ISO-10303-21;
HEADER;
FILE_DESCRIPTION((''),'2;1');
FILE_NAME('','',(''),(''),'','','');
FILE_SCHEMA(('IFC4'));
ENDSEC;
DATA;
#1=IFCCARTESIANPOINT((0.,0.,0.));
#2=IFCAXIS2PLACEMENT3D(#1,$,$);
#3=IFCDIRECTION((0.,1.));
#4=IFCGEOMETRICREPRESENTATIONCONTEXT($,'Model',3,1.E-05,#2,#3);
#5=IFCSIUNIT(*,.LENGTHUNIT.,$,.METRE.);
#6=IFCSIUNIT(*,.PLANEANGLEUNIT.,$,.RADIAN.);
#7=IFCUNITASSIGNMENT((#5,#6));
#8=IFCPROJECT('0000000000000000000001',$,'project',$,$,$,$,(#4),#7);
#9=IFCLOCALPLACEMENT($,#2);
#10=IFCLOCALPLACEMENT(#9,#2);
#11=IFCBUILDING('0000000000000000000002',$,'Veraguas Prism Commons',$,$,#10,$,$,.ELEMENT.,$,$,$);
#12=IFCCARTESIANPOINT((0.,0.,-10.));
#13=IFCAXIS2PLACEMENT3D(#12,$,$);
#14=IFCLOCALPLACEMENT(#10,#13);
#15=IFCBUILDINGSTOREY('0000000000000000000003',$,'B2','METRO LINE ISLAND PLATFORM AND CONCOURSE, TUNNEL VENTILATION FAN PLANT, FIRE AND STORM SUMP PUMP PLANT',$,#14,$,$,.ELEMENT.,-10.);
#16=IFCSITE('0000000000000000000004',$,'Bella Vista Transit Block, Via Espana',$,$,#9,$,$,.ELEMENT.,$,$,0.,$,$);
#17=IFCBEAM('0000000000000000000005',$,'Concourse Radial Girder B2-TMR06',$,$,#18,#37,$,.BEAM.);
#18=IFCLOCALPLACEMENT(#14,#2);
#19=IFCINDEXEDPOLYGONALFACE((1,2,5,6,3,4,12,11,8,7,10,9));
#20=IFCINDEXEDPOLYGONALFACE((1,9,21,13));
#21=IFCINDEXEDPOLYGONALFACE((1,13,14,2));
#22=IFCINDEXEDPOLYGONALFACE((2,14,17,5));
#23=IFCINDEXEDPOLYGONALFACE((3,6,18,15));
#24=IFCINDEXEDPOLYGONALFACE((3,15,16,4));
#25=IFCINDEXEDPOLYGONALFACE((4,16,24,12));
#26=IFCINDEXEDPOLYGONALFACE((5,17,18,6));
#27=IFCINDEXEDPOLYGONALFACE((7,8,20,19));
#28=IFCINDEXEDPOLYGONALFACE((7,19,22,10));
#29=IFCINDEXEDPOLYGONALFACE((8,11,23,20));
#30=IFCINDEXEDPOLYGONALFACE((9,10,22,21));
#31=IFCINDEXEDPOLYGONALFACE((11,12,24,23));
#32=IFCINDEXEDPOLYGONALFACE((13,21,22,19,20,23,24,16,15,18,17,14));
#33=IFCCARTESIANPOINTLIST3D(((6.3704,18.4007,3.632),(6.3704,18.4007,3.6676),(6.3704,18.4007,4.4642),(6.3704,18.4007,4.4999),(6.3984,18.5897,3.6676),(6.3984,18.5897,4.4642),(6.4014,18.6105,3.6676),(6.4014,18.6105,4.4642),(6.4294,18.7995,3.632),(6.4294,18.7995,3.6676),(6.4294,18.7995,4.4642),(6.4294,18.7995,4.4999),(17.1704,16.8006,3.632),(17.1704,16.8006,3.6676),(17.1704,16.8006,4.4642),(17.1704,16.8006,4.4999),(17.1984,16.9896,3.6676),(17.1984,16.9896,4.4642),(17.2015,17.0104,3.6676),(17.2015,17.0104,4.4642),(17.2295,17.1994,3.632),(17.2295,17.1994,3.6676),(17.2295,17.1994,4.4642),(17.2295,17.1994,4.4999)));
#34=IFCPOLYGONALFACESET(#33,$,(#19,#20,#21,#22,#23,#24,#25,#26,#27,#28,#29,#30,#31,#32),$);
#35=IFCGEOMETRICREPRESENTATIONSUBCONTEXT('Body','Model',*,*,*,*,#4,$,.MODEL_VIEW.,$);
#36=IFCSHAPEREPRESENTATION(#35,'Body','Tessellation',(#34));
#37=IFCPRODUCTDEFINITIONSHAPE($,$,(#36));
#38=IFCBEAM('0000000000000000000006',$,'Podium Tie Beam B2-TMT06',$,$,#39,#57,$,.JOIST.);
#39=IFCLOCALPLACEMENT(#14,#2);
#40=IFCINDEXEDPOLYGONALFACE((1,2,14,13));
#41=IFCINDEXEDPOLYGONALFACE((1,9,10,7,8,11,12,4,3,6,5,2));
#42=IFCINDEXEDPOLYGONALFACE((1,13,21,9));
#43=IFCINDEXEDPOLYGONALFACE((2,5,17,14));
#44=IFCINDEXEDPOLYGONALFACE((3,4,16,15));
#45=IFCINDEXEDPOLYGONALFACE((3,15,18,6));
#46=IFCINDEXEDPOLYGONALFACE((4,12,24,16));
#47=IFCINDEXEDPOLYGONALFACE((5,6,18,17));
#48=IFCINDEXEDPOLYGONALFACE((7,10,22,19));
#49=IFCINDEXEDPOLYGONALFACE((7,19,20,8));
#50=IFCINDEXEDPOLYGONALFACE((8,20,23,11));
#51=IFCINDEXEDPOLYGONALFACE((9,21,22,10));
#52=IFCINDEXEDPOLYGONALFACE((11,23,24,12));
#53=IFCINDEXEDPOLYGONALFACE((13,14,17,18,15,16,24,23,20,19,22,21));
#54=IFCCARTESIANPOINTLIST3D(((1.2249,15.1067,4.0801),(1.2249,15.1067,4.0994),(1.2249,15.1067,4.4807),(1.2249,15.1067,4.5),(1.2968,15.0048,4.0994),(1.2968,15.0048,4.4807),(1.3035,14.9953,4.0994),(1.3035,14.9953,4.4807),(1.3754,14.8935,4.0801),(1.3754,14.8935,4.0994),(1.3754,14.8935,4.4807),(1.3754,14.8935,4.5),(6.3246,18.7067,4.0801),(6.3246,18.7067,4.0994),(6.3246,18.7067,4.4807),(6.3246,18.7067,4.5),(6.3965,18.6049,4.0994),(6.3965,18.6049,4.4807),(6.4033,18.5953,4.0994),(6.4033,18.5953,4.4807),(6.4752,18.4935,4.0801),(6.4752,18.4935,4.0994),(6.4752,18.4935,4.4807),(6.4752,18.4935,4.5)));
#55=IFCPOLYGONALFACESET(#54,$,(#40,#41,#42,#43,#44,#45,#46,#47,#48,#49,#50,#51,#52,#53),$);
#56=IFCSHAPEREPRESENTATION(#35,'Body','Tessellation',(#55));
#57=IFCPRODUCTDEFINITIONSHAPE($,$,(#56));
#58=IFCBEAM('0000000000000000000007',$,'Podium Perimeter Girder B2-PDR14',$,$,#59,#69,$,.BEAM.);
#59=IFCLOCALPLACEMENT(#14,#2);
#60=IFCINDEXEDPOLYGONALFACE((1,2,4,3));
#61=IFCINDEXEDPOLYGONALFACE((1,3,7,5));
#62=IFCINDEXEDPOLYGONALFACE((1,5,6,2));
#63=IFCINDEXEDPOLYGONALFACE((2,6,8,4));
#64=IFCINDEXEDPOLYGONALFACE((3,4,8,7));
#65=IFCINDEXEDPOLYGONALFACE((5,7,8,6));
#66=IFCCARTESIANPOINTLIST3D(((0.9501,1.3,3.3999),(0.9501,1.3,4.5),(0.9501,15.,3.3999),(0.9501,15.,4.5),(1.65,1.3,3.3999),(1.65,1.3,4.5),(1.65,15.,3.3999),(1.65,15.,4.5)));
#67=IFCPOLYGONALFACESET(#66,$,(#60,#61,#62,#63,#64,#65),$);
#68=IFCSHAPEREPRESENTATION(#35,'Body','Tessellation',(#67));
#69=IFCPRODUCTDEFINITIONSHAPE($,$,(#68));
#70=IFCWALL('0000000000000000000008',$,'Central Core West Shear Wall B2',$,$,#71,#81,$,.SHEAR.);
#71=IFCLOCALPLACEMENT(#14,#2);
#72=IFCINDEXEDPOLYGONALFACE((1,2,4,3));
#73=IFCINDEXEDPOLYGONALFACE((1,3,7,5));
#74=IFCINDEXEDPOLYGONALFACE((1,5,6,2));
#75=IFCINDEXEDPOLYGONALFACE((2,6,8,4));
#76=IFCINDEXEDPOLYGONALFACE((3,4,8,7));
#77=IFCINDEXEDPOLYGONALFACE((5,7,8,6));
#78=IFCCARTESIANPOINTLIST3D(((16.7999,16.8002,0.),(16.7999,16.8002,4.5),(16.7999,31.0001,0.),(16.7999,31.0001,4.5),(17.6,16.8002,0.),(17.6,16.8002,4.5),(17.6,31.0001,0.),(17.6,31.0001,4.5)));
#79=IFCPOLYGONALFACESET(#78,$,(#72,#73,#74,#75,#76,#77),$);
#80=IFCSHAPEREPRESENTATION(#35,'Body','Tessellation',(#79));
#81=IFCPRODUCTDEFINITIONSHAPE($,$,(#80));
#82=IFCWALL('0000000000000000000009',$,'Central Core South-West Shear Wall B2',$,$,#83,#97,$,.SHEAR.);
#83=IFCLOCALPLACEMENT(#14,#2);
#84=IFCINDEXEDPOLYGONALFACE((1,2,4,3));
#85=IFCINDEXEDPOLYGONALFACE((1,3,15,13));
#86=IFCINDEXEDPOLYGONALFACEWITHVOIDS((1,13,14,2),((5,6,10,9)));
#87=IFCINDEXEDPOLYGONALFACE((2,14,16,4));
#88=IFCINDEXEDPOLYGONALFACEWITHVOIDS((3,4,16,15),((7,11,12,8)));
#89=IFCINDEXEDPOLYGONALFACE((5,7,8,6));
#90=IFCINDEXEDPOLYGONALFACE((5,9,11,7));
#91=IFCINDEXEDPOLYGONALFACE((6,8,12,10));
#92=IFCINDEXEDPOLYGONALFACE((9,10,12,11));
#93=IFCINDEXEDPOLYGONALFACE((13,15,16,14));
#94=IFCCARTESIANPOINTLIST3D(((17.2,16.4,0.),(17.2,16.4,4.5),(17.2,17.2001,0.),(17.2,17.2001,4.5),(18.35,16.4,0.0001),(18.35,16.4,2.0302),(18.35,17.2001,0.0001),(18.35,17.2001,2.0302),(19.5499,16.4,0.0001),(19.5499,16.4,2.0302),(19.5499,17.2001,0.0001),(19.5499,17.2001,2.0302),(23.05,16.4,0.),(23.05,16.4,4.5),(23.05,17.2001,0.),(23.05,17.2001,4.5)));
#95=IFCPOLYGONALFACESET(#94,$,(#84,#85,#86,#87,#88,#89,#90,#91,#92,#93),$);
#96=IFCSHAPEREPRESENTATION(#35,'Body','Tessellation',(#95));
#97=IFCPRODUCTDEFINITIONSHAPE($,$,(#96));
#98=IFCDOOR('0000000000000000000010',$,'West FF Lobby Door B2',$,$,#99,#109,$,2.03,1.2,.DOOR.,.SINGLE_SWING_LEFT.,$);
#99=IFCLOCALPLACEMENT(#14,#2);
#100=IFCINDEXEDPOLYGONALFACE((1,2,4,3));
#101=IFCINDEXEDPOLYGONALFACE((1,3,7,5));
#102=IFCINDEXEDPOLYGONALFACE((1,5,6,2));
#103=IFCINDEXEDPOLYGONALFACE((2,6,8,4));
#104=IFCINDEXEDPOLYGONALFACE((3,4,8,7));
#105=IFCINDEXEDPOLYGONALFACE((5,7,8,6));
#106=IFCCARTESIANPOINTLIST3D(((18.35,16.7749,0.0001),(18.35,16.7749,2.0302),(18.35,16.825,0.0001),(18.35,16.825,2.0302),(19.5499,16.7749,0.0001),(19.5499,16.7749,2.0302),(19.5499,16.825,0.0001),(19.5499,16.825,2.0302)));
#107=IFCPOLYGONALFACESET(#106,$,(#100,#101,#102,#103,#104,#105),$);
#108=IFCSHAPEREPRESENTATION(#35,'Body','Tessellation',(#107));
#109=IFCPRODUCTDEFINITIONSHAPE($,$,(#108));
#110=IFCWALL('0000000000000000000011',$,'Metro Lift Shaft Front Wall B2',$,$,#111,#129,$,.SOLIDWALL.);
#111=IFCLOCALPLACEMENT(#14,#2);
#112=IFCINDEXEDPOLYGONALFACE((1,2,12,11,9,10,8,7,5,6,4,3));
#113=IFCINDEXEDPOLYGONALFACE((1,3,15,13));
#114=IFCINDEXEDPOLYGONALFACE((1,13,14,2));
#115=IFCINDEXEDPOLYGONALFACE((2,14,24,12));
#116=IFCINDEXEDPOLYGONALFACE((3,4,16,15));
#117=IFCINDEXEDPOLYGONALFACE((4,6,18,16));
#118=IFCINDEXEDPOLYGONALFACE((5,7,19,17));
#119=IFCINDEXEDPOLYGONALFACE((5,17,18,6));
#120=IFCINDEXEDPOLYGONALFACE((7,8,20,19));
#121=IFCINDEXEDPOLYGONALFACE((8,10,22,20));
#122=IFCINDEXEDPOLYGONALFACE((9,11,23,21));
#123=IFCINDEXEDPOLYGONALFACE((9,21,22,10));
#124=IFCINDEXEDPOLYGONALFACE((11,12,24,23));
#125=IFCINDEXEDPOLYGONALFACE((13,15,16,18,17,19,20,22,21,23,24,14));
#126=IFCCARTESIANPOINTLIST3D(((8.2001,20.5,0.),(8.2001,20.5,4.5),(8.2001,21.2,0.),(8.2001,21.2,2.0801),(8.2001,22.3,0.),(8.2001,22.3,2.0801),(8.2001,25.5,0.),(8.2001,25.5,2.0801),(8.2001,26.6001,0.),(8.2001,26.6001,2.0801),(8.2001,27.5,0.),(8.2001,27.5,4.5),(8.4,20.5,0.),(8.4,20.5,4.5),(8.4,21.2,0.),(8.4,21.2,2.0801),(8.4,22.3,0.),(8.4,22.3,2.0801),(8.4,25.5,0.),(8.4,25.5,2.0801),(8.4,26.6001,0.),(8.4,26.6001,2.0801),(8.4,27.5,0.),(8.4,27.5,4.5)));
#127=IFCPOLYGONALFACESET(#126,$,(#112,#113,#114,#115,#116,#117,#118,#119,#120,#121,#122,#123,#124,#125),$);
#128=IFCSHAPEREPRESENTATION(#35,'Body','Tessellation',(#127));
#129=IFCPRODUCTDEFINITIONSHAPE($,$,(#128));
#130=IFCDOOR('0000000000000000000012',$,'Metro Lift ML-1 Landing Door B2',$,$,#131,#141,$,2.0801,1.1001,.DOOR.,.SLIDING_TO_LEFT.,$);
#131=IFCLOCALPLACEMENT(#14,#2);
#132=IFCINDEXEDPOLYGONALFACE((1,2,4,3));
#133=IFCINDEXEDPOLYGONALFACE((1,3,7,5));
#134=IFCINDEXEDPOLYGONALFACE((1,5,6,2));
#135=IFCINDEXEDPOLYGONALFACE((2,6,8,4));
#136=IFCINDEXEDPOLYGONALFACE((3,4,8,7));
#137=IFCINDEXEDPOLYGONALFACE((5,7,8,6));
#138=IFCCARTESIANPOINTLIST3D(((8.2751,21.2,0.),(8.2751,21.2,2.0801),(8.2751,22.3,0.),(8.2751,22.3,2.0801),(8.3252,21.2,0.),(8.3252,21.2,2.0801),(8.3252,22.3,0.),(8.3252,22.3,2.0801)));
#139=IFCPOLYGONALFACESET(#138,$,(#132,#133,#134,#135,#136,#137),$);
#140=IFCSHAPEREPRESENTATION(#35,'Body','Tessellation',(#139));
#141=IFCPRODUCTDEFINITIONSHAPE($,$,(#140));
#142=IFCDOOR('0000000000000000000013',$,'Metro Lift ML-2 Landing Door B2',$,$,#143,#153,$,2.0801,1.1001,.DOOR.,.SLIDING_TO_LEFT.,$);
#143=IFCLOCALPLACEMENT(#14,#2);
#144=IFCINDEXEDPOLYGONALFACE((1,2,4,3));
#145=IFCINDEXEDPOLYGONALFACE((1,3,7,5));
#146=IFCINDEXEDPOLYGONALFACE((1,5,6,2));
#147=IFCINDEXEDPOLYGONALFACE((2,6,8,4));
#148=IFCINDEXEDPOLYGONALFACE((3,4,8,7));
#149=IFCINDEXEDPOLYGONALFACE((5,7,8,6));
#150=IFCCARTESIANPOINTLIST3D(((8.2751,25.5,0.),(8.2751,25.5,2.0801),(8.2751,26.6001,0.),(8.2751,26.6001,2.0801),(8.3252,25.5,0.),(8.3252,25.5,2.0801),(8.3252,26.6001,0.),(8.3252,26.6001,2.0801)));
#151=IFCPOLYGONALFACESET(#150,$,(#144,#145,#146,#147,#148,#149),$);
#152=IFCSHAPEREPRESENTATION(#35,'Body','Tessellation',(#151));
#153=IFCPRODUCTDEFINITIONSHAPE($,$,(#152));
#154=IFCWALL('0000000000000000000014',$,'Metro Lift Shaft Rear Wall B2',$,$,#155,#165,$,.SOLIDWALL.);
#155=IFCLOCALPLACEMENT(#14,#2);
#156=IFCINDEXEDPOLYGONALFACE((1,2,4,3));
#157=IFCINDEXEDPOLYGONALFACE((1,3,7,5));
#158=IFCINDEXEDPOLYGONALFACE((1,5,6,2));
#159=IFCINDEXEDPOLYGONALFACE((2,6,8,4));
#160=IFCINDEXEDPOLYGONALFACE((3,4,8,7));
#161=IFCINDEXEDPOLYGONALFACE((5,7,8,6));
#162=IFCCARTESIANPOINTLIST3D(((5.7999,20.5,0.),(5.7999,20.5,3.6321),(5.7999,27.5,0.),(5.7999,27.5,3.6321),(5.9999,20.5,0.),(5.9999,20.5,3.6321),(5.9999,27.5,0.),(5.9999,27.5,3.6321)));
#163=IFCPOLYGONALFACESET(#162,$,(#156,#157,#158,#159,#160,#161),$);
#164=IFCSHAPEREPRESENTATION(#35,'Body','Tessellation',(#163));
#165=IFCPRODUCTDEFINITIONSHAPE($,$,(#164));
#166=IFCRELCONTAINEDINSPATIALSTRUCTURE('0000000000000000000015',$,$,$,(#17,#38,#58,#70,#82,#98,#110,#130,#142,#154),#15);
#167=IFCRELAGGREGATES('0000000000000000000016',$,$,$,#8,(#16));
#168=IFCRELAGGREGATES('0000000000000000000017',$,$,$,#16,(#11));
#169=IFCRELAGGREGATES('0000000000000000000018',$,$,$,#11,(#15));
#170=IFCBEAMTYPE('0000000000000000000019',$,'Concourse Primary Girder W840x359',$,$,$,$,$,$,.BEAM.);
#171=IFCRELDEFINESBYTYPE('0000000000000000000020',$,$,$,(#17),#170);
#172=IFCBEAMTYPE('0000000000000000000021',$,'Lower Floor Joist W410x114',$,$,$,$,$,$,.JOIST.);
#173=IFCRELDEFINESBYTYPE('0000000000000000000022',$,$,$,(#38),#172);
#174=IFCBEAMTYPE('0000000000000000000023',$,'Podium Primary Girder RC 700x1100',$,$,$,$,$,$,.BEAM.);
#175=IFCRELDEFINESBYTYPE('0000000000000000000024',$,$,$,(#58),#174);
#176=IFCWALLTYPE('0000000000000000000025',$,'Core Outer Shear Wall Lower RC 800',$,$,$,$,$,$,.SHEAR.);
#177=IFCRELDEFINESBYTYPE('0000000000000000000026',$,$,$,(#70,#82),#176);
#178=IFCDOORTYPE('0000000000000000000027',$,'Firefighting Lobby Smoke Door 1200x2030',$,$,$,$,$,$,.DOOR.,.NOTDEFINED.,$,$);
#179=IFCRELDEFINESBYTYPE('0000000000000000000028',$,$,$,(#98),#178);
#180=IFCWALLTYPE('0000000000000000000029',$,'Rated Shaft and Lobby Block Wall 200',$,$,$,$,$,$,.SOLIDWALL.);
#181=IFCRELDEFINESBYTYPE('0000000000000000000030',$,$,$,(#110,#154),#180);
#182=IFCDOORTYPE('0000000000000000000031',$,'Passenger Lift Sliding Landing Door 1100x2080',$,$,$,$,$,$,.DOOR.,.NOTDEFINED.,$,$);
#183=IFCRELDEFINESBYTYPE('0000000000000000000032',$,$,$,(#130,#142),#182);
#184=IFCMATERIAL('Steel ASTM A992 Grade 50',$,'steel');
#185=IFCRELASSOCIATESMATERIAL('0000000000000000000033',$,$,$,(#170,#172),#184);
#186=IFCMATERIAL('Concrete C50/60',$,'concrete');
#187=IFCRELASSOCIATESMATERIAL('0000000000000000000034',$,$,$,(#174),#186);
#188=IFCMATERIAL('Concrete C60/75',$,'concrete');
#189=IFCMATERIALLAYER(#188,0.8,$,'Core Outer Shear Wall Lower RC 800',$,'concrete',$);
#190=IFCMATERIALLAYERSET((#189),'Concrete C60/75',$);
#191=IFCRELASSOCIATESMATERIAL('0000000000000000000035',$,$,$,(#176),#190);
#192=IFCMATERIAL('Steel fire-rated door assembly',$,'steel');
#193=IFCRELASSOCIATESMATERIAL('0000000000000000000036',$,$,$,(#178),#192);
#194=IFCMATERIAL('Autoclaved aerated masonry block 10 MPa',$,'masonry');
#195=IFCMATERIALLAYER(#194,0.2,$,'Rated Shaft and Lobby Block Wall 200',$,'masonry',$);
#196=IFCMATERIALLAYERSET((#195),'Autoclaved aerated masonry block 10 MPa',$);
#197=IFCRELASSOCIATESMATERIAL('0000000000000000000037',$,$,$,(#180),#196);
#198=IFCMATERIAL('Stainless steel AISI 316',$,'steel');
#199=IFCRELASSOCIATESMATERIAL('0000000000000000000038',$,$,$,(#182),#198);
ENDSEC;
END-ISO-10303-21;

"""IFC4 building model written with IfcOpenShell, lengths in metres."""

from ifc_helpers import new_model, si_unit, direction, frame, frame_2d, origin, origin_2d, place, context, subcontext, project, spatial, rectangle, i_section, extrude, source, transform, mapped, material, layer, layer_set, material_profile, profile_set, type_object, element, fill, save


model = new_model("IFC4")

# Units and contexts
model_context = context("Model", 3, precision=1e-05, world=origin(), true_north=direction((0.0, 1.0)))
body_context = subcontext(model_context, "Body", "Model", "MODEL_VIEW")
ifc_project = project(units=[si_unit("LENGTHUNIT", "METRE"), si_unit("PLANEANGLEUNIT", "RADIAN")], contexts=[model_context])

# Site, building, storey
site_placement = place(None, origin())
site = spatial("IfcSite", under=ifc_project, at=site_placement, Name="Bella Vista Transit Block, Via Espana", CompositionType="ELEMENT", RefElevation=0.0)
building_placement = place(site_placement, origin())
building = spatial("IfcBuilding", under=site, at=building_placement, Name="Veraguas Prism Commons", CompositionType="ELEMENT")
storey_placement = place(building_placement, frame((0.0, 0.0, -10.0)))
storey = spatial("IfcBuildingStorey", under=building, at=storey_placement, Name="B2", Description="METRO LINE ISLAND PLATFORM AND CONCOURSE, TUNNEL VENTILATION FAN PLANT, FIRE AND STORM SUMP PUMP PLANT", CompositionType="ELEMENT", Elevation=-10.0)

# Shared definitions
ifc_material_1 = material(Name="Concrete C60/75", Category="concrete")

# Beams
ifc_material_2 = material(Name="Steel ASTM A992 Grade 50", Category="steel")
ifc_material_profile_1 = material_profile(ifc_material_2, i_section(OverallWidth=0.4031, OverallDepth=0.8679, WebThickness=0.021, FlangeThickness=0.0356, at=origin_2d()), Name="W840X359")
ifc_profile_set_1 = profile_set([ifc_material_profile_1], Name="Steel ASTM A992 Grade 50")
beam_type_1 = type_object("IfcBeamType", Name="Concourse Primary Girder W840x359", PredefinedType="BEAM", material=ifc_profile_set_1)
beam_1_placement = place(storey_placement, frame((6.3999, 18.6001, 4.0659), z_axis=(0.989202, -0.146557, 0.0), x_axis=(0.146557, 0.989202, 0.0)))
element("IfcBeam", 1, at=beam_1_placement, inside=storey, type_object=beam_type_1, Name="Concourse Radial Girder B2-TMR06", PredefinedType="BEAM", context=body_context, shape_type="SweptSolid", body=[
    extrude(i_section(OverallWidth=0.4031, OverallDepth=0.8679, WebThickness=0.021, FlangeThickness=0.0356, at=origin_2d()), origin(), (0.0, 0.0, 1.0), 10.918),
])
ifc_material_profile_2 = material_profile(ifc_material_2, i_section(OverallWidth=0.261, OverallDepth=0.4199, WebThickness=0.0117, FlangeThickness=0.0193, at=origin_2d()), Name="W410X114")
ifc_profile_set_2 = profile_set([ifc_material_profile_2], Name="Steel ASTM A992 Grade 50")
beam_type_2 = type_object("IfcBeamType", Name="Lower Floor Joist W410x114", PredefinedType="JOIST", material=ifc_profile_set_2)
beam_2_placement = place(storey_placement, frame((6.3999, 18.6001, 4.29), z_axis=(-0.816953, -0.576705, 0.0), x_axis=(0.576705, -0.816953, 0.0)))
element("IfcBeam", 2, at=beam_2_placement, inside=storey, type_object=beam_type_2, Name="Podium Tie Beam B2-TMT06", PredefinedType="JOIST", context=body_context, shape_type="SweptSolid", body=[
    extrude(i_section(OverallWidth=0.261, OverallDepth=0.4199, WebThickness=0.0117, FlangeThickness=0.0193, at=origin_2d()), origin(), (0.0, 0.0, 1.0), 6.2424),
])
ifc_material_3 = material(Name="Concrete C50/60", Category="concrete")
ifc_material_profile_3 = material_profile(ifc_material_3, rectangle(XDim=0.7, YDim=1.1001, at=origin_2d()), Name="RC700X1100")
ifc_profile_set_3 = profile_set([ifc_material_profile_3], Name="Concrete C50/60")
beam_type_3 = type_object("IfcBeamType", Name="Podium Primary Girder RC 700x1100", PredefinedType="BEAM", material=ifc_profile_set_3)
beam_3_placement = place(storey_placement, frame((1.3, 15.0, 3.95), z_axis=(0.0, -1.0, 0.0), x_axis=(1.0, 0.0, 0.0)))
element("IfcBeam", 3, at=beam_3_placement, inside=storey, type_object=beam_type_3, Name="Podium Perimeter Girder B2-PDR14", PredefinedType="BEAM", context=body_context, shape_type="SweptSolid", body=[
    extrude(rectangle(XDim=0.7, YDim=1.1001, at=origin_2d()), origin(), (0.0, 0.0, 1.0), 13.7),
])

# Wall
ifc_layer_1 = layer(ifc_material_1, 0.8, Name="Core Outer Shear Wall Lower RC 800", Category="concrete")
ifc_layer_set_1 = layer_set([ifc_layer_1], Name="Concrete C60/75")
wall_type_1 = type_object("IfcWallType", Name="Core Outer Shear Wall Lower RC 800", PredefinedType="SHEAR", material=ifc_layer_set_1)
wall_1_placement = place(storey_placement, frame((17.2, 16.8, 0.0), z_axis=(0.0, 0.0, 1.0), x_axis=(0.0, 1.0, 0.0)))
element("IfcWall", 4, at=wall_1_placement, inside=storey, type_object=wall_type_1, Name="Central Core West Shear Wall B2", PredefinedType="SHEAR", context=body_context, shape_type="SweptSolid", body=[
    extrude(rectangle(XDim=14.2, YDim=0.8, at=frame_2d((7.1001, 0.0))), origin(), (0.0, 0.0, 1.0), 4.5),
])

# Wall, opening, door
wall_2_placement = place(storey_placement, frame((17.2, 16.8, 0.0), z_axis=(0.0, 0.0, 1.0), x_axis=(1.0, 0.0, 0.0)))
wall_2 = element("IfcWall", 5, at=wall_2_placement, inside=storey, type_object=wall_type_1, Name="Central Core South-West Shear Wall B2", PredefinedType="SHEAR", context=body_context, shape_type="SweptSolid", body=[
    extrude(rectangle(XDim=5.8501, YDim=0.8, at=frame_2d((2.925, 0.0))), origin(), (0.0, 0.0, 1.0), 4.5),
])
opening_1_placement = place(wall_2_placement, frame((1.1499, 0.0, 0.0)))
opening_1 = element("IfcOpeningElement", 6, at=opening_1_placement, cuts=wall_2, PredefinedType="OPENING", context=body_context, shape_type="SweptSolid", body=[
    extrude(rectangle(XDim=1.2, YDim=2.03, at=frame_2d((0.6001, 1.0151))), frame((0.0, 0.4099, 0.0), z_axis=(0.0, -1.0, 0.0), x_axis=(1.0, 0.0, 0.0)), (0.0, 0.0, 1.0), 0.8201),
])
ifc_material_4 = material(Name="Steel fire-rated door assembly", Category="steel")
door_type_1 = type_object("IfcDoorType", Name="Firefighting Lobby Smoke Door 1200x2030", OperationType="NOTDEFINED", PredefinedType="DOOR", material=ifc_material_4)
shared_shape_1 = source(origin(), body_context, "Body", "SweptSolid", [
    extrude(rectangle(XDim=1.2, YDim=2.03, at=frame_2d((0.6001, 1.0151))), frame((0.0, 0.0249, 0.0), z_axis=(0.0, -1.0, 0.0), x_axis=(1.0, 0.0, 0.0)), (0.0, 0.0, 1.0), 0.05),
])
door_1_placement = place(opening_1_placement, origin())
door_1 = element("IfcDoor", 7, at=door_1_placement, inside=storey, type_object=door_type_1, Name="West FF Lobby Door B2", OperationType="SINGLE_SWING_LEFT", OverallHeight=2.03, OverallWidth=1.2, PredefinedType="DOOR", context=body_context, shape_type="MappedRepresentation", body=[
    mapped(shared_shape_1, transform((0.0, 0.0, 0.0), scale=1.0)),
])
fill(opening_1, door_1)

# Wall, openings, doors
ifc_material_5 = material(Name="Autoclaved aerated masonry block 10 MPa", Category="masonry")
ifc_layer_2 = layer(ifc_material_5, 0.2, Name="Rated Shaft and Lobby Block Wall 200", Category="masonry")
ifc_layer_set_2 = layer_set([ifc_layer_2], Name="Autoclaved aerated masonry block 10 MPa")
wall_type_2 = type_object("IfcWallType", Name="Rated Shaft and Lobby Block Wall 200", PredefinedType="SOLIDWALL", material=ifc_layer_set_2)
wall_3_placement = place(storey_placement, frame((8.3, 20.5, 0.0), z_axis=(0.0, 0.0, 1.0), x_axis=(0.0, 1.0, 0.0)))
wall_3 = element("IfcWall", 8, at=wall_3_placement, inside=storey, type_object=wall_type_2, Name="Metro Lift Shaft Front Wall B2", PredefinedType="SOLIDWALL", context=body_context, shape_type="SweptSolid", body=[
    extrude(rectangle(XDim=7.0, YDim=0.2, at=frame_2d((3.5, 0.0))), origin(), (0.0, 0.0, 1.0), 4.5),
])
opening_2_placement = place(wall_3_placement, frame((0.7, 0.0, 0.0)))
opening_2 = element("IfcOpeningElement", 9, at=opening_2_placement, cuts=wall_3, PredefinedType="OPENING", context=body_context, shape_type="SweptSolid", body=[
    extrude(rectangle(XDim=1.1001, YDim=2.0801, at=frame_2d((0.55, 1.04))), frame((0.0, 0.1099, 0.0), z_axis=(0.0, -1.0, 0.0), x_axis=(1.0, 0.0, 0.0)), (0.0, 0.0, 1.0), 0.22),
])
opening_3_placement = place(wall_3_placement, frame((5.0, 0.0, 0.0)))
opening_3 = element("IfcOpeningElement", 10, at=opening_3_placement, cuts=wall_3, PredefinedType="OPENING", context=body_context, shape_type="SweptSolid", body=[
    extrude(rectangle(XDim=1.1001, YDim=2.0801, at=frame_2d((0.55, 1.04))), frame((0.0, 0.1099, 0.0), z_axis=(0.0, -1.0, 0.0), x_axis=(1.0, 0.0, 0.0)), (0.0, 0.0, 1.0), 0.22),
])
ifc_material_6 = material(Name="Stainless steel AISI 316", Category="steel")
door_type_2 = type_object("IfcDoorType", Name="Passenger Lift Sliding Landing Door 1100x2080", OperationType="NOTDEFINED", PredefinedType="DOOR", material=ifc_material_6)
shared_shape_2 = source(origin(), body_context, "Body", "SweptSolid", [
    extrude(rectangle(XDim=1.1001, YDim=2.0801, at=frame_2d((0.55, 1.04))), frame((0.0, 0.0249, 0.0), z_axis=(0.0, -1.0, 0.0), x_axis=(1.0, 0.0, 0.0)), (0.0, 0.0, 1.0), 0.05),
])
door_2_placement = place(opening_2_placement, origin())
door_2 = element("IfcDoor", 11, at=door_2_placement, inside=storey, type_object=door_type_2, Name="Metro Lift ML-1 Landing Door B2", OperationType="SLIDING_TO_LEFT", OverallHeight=2.0801, OverallWidth=1.1001, PredefinedType="DOOR", context=body_context, shape_type="MappedRepresentation", body=[
    mapped(shared_shape_2, transform((0.0, 0.0, 0.0), scale=1.0)),
])
fill(opening_2, door_2)
door_3_placement = place(opening_3_placement, origin())
door_3 = element("IfcDoor", 12, at=door_3_placement, inside=storey, type_object=door_type_2, Name="Metro Lift ML-2 Landing Door B2", OperationType="SLIDING_TO_LEFT", OverallHeight=2.0801, OverallWidth=1.1001, PredefinedType="DOOR", context=body_context, shape_type="MappedRepresentation", body=[
    mapped(shared_shape_2, transform((0.0, 0.0, 0.0), scale=1.0)),
])
fill(opening_3, door_3)

# Wall
wall_4_placement = place(storey_placement, frame((5.8999, 20.5, 0.0), z_axis=(0.0, 0.0, 1.0), x_axis=(0.0, 1.0, 0.0)))
element("IfcWall", 13, at=wall_4_placement, inside=storey, type_object=wall_type_2, Name="Metro Lift Shaft Rear Wall B2", PredefinedType="SOLIDWALL", context=body_context, shape_type="SweptSolid", body=[
    extrude(rectangle(XDim=7.0, YDim=0.2, at=frame_2d((3.5, 0.0))), origin(), (0.0, 0.0, 1.0), 3.6321),
])

save(model, "model.ifc")
